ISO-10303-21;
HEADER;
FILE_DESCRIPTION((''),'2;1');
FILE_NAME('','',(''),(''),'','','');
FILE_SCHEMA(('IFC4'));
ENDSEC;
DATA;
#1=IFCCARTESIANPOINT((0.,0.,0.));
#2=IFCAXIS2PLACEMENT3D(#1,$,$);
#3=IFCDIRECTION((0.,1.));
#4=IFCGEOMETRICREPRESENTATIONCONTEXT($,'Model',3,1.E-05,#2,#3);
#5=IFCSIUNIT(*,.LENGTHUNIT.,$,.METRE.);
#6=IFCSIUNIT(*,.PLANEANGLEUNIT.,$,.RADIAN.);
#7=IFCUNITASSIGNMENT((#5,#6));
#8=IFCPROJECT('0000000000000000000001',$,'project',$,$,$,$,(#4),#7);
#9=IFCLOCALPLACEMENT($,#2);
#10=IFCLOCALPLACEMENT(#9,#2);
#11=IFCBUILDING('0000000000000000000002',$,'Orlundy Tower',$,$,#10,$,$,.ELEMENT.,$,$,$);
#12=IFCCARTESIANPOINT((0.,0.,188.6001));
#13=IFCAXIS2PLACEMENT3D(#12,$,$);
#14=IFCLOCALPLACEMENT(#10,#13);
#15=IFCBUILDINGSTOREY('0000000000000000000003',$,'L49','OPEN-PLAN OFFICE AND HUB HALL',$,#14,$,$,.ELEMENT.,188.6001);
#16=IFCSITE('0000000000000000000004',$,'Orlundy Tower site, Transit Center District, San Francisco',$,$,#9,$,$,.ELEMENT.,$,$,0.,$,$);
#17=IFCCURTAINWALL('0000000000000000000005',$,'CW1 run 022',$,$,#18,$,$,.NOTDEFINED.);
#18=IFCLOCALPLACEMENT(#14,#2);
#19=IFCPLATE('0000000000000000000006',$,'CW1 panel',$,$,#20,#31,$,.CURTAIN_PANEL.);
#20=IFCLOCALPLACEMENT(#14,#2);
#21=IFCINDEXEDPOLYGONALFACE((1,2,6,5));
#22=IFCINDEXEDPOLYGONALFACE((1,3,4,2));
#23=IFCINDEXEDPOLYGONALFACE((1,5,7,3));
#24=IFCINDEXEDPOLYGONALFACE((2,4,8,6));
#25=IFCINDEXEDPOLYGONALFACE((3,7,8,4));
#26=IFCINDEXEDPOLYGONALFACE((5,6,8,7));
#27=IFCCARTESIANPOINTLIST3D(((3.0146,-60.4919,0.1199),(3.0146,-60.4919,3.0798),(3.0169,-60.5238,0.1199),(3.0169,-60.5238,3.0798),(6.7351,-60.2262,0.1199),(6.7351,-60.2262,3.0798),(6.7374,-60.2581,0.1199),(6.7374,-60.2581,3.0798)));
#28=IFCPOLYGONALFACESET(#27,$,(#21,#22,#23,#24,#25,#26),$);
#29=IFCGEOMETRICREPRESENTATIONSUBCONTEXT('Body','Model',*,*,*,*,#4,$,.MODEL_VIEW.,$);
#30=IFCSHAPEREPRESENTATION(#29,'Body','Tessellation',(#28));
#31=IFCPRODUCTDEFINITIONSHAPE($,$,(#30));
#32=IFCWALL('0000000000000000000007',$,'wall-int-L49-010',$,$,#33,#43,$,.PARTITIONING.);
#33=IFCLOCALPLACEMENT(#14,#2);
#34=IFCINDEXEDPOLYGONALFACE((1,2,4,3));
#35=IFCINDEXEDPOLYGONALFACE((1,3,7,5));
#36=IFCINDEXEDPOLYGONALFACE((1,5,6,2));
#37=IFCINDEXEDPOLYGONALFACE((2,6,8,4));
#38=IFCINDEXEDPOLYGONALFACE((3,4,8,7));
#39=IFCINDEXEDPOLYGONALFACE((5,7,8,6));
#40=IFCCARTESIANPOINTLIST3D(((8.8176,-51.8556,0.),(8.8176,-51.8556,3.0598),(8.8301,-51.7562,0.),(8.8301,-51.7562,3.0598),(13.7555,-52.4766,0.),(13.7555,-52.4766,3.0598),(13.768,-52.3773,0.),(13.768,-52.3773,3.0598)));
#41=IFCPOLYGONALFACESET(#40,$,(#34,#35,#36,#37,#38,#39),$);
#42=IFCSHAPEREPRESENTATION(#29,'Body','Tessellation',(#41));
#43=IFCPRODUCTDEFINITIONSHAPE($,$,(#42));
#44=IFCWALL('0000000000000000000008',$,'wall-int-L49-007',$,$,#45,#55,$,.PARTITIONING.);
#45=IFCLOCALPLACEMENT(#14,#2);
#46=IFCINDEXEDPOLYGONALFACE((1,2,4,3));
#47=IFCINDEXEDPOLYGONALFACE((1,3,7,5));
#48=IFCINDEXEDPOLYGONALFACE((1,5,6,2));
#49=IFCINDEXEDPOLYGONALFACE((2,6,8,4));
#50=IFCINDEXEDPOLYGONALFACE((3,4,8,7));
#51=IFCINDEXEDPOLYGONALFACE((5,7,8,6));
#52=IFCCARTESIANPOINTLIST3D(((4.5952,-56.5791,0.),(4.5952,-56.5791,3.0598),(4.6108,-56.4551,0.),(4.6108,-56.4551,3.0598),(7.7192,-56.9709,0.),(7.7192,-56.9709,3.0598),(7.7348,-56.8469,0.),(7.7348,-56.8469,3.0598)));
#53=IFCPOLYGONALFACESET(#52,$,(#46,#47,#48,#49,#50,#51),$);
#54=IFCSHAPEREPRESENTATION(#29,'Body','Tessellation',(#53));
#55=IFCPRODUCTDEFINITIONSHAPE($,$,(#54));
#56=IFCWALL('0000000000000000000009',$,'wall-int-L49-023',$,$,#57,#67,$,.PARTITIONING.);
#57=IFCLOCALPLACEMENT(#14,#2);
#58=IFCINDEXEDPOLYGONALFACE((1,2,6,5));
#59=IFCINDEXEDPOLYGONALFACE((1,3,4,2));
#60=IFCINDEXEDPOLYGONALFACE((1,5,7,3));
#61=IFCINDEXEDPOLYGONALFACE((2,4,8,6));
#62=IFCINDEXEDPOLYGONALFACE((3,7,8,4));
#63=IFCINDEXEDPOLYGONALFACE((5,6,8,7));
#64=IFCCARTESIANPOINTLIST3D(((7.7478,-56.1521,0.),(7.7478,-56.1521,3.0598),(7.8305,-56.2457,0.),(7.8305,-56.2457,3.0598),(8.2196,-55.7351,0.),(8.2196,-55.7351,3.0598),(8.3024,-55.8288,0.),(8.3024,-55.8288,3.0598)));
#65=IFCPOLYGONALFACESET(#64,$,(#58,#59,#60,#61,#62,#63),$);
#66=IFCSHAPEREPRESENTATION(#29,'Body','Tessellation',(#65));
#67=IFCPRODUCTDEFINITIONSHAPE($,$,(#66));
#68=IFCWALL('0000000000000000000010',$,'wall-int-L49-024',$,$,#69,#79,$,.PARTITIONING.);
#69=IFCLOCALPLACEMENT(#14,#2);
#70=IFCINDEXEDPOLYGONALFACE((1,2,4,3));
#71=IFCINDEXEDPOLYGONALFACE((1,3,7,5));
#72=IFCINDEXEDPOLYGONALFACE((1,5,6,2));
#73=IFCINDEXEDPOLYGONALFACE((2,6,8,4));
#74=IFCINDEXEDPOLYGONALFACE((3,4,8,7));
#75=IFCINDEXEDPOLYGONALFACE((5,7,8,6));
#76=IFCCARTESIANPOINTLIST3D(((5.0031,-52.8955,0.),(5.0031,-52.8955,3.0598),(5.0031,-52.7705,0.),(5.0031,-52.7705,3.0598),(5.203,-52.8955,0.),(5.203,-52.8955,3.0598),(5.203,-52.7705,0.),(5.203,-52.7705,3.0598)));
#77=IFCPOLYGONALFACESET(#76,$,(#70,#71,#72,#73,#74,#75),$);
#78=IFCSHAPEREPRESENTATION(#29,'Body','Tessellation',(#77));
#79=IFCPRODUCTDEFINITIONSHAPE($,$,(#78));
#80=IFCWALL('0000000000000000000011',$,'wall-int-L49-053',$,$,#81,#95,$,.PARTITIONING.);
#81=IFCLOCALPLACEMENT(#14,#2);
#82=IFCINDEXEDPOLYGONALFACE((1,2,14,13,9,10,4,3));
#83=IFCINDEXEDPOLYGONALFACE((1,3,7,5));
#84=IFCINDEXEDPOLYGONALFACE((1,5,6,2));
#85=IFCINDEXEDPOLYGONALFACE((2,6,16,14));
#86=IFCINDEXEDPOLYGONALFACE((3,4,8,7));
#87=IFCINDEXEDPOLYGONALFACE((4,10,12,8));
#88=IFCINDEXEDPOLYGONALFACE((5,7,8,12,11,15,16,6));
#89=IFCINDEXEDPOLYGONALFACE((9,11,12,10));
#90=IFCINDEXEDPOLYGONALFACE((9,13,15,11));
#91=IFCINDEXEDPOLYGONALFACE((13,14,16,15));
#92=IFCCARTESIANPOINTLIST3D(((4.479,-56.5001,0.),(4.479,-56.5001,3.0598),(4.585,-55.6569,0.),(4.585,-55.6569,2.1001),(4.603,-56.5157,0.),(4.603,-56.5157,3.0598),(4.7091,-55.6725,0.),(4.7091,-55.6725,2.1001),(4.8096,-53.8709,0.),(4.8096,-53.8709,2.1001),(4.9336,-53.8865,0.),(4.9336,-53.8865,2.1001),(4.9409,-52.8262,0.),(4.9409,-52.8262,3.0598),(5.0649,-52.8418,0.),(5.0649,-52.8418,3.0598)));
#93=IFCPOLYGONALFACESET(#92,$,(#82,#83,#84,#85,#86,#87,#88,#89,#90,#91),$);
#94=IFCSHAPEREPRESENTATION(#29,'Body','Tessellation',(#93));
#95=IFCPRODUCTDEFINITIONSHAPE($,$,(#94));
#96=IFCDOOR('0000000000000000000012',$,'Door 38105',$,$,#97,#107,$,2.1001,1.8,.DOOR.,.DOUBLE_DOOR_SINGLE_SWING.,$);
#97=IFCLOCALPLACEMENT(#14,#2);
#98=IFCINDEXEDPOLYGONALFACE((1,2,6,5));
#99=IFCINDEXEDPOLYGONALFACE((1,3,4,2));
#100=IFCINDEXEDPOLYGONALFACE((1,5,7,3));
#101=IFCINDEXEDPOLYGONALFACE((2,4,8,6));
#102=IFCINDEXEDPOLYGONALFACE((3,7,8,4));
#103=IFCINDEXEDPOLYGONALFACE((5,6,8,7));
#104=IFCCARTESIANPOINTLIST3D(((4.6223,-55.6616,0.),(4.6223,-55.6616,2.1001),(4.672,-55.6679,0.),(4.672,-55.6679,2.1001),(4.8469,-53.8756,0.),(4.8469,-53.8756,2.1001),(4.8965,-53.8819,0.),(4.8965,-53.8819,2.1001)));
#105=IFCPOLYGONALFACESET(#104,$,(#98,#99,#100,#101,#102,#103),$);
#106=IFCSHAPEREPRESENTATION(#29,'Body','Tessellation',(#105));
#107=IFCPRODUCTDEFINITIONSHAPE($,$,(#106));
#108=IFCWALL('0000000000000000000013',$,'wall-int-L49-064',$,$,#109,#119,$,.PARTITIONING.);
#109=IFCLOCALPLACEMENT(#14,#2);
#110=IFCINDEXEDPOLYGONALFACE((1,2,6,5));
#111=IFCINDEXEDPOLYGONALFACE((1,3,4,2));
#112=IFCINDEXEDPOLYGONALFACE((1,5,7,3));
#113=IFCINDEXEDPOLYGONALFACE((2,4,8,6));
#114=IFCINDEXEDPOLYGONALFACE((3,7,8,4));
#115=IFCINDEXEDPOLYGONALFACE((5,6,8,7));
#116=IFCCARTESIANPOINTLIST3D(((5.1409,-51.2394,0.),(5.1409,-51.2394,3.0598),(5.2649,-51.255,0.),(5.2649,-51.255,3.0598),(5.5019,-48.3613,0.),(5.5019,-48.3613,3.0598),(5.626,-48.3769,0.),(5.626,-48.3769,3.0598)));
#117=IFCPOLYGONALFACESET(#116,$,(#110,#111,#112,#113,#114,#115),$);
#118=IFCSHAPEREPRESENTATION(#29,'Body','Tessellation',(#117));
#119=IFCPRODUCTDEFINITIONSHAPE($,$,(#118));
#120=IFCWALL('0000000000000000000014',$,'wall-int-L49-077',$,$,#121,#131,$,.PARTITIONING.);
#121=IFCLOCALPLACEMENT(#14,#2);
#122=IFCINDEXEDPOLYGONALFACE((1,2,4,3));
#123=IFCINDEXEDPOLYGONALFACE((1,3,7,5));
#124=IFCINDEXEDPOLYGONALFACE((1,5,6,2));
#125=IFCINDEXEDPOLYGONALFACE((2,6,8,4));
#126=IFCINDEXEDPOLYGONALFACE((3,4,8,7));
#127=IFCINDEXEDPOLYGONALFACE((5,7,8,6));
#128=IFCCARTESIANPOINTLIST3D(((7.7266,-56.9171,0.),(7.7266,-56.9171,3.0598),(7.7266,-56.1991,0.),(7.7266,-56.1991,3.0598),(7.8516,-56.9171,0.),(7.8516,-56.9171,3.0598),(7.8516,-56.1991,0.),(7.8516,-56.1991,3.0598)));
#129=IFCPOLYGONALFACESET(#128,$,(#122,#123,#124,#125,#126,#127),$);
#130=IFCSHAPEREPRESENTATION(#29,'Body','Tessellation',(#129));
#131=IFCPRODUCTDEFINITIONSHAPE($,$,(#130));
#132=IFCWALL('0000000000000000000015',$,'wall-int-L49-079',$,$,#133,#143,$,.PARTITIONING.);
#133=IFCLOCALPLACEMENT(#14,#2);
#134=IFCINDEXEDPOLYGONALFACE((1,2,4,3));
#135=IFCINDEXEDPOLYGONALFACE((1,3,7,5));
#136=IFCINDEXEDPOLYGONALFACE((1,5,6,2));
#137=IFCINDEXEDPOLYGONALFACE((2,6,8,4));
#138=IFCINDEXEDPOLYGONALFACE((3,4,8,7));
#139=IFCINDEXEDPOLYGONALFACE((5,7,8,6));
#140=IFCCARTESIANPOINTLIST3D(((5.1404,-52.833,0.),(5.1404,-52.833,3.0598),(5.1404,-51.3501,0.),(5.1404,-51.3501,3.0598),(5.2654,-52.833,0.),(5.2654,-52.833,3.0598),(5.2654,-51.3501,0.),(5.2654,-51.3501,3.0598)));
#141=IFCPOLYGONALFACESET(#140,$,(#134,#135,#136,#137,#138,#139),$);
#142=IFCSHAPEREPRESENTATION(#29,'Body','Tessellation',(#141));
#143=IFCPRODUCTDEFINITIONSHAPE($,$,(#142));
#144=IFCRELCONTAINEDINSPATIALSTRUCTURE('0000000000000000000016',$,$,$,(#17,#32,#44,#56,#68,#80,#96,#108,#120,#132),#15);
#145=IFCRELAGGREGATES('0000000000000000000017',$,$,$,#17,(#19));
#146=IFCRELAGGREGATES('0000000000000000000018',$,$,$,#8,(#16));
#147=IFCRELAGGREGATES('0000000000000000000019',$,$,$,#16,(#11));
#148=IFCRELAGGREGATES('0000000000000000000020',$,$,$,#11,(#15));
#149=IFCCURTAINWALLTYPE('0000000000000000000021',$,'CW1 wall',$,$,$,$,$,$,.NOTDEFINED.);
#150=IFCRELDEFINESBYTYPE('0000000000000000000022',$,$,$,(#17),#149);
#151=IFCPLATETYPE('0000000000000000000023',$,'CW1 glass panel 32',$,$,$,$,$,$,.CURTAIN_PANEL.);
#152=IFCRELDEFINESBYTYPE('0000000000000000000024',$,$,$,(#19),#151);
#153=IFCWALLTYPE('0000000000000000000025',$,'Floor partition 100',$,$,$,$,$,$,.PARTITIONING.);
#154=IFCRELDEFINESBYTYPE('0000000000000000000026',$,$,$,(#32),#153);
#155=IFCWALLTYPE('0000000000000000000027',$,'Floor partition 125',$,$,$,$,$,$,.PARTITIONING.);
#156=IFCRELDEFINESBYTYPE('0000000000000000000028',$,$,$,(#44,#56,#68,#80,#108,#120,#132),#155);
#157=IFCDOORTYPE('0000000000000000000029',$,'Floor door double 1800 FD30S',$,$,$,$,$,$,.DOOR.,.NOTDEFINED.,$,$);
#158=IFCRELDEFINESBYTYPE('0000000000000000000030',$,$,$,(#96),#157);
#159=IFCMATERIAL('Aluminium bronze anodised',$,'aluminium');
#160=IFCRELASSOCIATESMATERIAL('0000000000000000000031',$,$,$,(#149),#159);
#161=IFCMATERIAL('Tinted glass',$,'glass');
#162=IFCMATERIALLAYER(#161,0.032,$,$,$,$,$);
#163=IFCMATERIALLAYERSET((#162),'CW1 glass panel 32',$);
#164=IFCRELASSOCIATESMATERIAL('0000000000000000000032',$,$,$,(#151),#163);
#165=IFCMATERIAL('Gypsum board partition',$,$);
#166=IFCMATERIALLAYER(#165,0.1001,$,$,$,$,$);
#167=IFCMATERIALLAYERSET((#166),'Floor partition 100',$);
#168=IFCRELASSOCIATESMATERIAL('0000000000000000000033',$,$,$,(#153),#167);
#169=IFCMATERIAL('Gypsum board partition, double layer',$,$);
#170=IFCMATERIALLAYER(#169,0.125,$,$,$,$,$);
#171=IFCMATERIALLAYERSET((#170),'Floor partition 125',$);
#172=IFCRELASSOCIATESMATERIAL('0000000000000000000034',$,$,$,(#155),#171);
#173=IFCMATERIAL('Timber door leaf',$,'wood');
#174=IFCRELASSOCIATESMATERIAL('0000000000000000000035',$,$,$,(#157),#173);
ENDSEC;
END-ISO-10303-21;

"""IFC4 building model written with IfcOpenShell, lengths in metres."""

from ifc_helpers import new_model, si_unit, direction, frame, frame_2d, origin, origin_2d, place, context, subcontext, project, spatial, rectangle, extrude, material, layer, layer_set, type_object, element, fill, aggregate, save


model = new_model("IFC4")

# Units and contexts
model_context = context("Model", 3, precision=1e-05, world=origin(), true_north=direction((0.0, 1.0)))
body_context = subcontext(model_context, "Body", "Model", "MODEL_VIEW")
ifc_project = project(units=[si_unit("LENGTHUNIT", "METRE"), si_unit("PLANEANGLEUNIT", "RADIAN")], contexts=[model_context])

# Site, building, storey
site_placement = place(None, origin())
site = spatial("IfcSite", under=ifc_project, at=site_placement, Name="Orlundy Tower site, Transit Center District, San Francisco", CompositionType="ELEMENT", RefElevation=0.0)
building_placement = place(site_placement, origin())
building = spatial("IfcBuilding", under=site, at=building_placement, Name="Orlundy Tower", CompositionType="ELEMENT")
storey_placement = place(building_placement, frame((0.0, 0.0, 188.6001)))
storey = spatial("IfcBuildingStorey", under=building, at=storey_placement, Name="L49", Description="OPEN-PLAN OFFICE AND HUB HALL", CompositionType="ELEMENT", Elevation=188.6001)

# Curtain wall
ifc_material_1 = material(Name="Aluminium bronze anodised", Category="aluminium")
curtain_wall_type = type_object("IfcCurtainWallType", Name="CW1 wall", PredefinedType="NOTDEFINED", material=ifc_material_1)
curtain_wall_1_placement = place(storey_placement, origin())
curtain_wall_1 = element("IfcCurtainWall", 1, at=curtain_wall_1_placement, inside=storey, type_object=curtain_wall_type, Name="CW1 run 022", PredefinedType="NOTDEFINED")

# Plate
ifc_material_2 = material(Name="Tinted glass", Category="glass")
ifc_layer_1 = layer(ifc_material_2, 0.032)
ifc_layer_set_1 = layer_set([ifc_layer_1], Name="CW1 glass panel 32")
plate_type = type_object("IfcPlateType", Name="CW1 glass panel 32", PredefinedType="CURTAIN_PANEL", material=ifc_layer_set_1)
plate_1_placement = place(storey_placement, frame((4.876, -60.375, 0.1199), z_axis=(0.0, 0.0, 1.0), x_axis=(-0.99746, -0.071228, 0.0)))
plate_1 = element("IfcPlate", 2, at=plate_1_placement, type_object=plate_type, Name="CW1 panel", PredefinedType="CURTAIN_PANEL", context=body_context, shape_type="SweptSolid", body=[
    extrude(rectangle(XDim=3.73, YDim=0.032, at=origin_2d()), origin(), (0.0, 0.0, 1.0), 2.96),
])
aggregate(curtain_wall_1, [plate_1])

# Walls
ifc_material_3 = material(Name="Gypsum board partition")
ifc_layer_2 = layer(ifc_material_3, 0.1001)
ifc_layer_set_2 = layer_set([ifc_layer_2], Name="Floor partition 100")
wall_type_1 = type_object("IfcWallType", Name="Floor partition 100", PredefinedType="PARTITIONING", material=ifc_layer_set_2)
wall_1_placement = place(storey_placement, frame((8.824, -51.8059, 0.0), z_axis=(0.0, 0.0, 1.0), x_axis=(0.992182, -0.124795, 0.0)))
element("IfcWall", 3, at=wall_1_placement, inside=storey, type_object=wall_type_1, Name="wall-int-L49-010", PredefinedType="PARTITIONING", context=body_context, shape_type="SweptSolid", body=[
    extrude(rectangle(XDim=4.9768, YDim=0.1001, at=frame_2d((2.4883, 0.0))), origin(), (0.0, 0.0, 1.0), 3.0598),
])
ifc_material_4 = material(Name="Gypsum board partition, double layer")
ifc_layer_3 = layer(ifc_material_4, 0.125)
ifc_layer_set_3 = layer_set([ifc_layer_3], Name="Floor partition 125")
wall_type_2 = type_object("IfcWallType", Name="Floor partition 125", PredefinedType="PARTITIONING", material=ifc_layer_set_3)
wall_2_placement = place(storey_placement, frame((4.603, -56.5171, 0.0), z_axis=(0.0, 0.0, 1.0), x_axis=(0.992225, -0.124455, 0.0)))
element("IfcWall", 4, at=wall_2_placement, inside=storey, type_object=wall_type_2, Name="wall-int-L49-007", PredefinedType="PARTITIONING", context=body_context, shape_type="SweptSolid", body=[
    extrude(rectangle(XDim=3.1484, YDim=0.125, at=frame_2d((1.5742, 0.0))), origin(), (0.0, 0.0, 1.0), 3.0598),
])
wall_3_placement = place(storey_placement, frame((7.7891, -56.199, 0.0), z_axis=(0.0, 0.0, 1.0), x_axis=(0.749374, 0.662147, 0.0)))
element("IfcWall", 5, at=wall_3_placement, inside=storey, type_object=wall_type_2, Name="wall-int-L49-023", PredefinedType="PARTITIONING", context=body_context, shape_type="SweptSolid", body=[
    extrude(rectangle(XDim=0.6296, YDim=0.125, at=frame_2d((0.3149, 0.0))), origin(), (0.0, 0.0, 1.0), 3.0598),
])
wall_4_placement = place(storey_placement, frame((5.0029, -52.833, 0.0), z_axis=(0.0, 0.0, 1.0), x_axis=(1.0, 0.0, 0.0)))
element("IfcWall", 6, at=wall_4_placement, inside=storey, type_object=wall_type_2, Name="wall-int-L49-024", PredefinedType="PARTITIONING", context=body_context, shape_type="SweptSolid", body=[
    extrude(rectangle(XDim=0.2, YDim=0.125, at=frame_2d((0.1001, 0.0))), origin(), (0.0, 0.0, 1.0), 3.0598),
])

# Wall, opening, door
wall_5_placement = place(storey_placement, frame((4.541, -56.5081, 0.0), z_axis=(0.0, 0.0, 1.0), x_axis=(0.124741, 0.992189, 0.0)))
wall_5 = element("IfcWall", 7, at=wall_5_placement, inside=storey, type_object=wall_type_2, Name="wall-int-L49-053", PredefinedType="PARTITIONING", context=body_context, shape_type="SweptSolid", body=[
    extrude(rectangle(XDim=3.7029, YDim=0.125, at=frame_2d((1.8516, 0.0))), origin(), (0.0, 0.0, 1.0), 3.0598),
])
opening_placement = place(wall_5_placement, frame((0.8501, 0.0, 0.0)))
opening = element("IfcOpeningElement", 8, at=opening_placement, cuts=wall_5, PredefinedType="OPENING", context=body_context, shape_type="SweptSolid", body=[
    extrude(rectangle(XDim=1.8, YDim=2.1001, at=frame_2d((0.8999, 1.05))), frame((0.0, 0.0725, 0.0), z_axis=(0.0, -1.0, 0.0), x_axis=(1.0, 0.0, 0.0)), (0.0, 0.0, 1.0), 0.145),
])
ifc_material_5 = material(Name="Timber door leaf", Category="wood")
door_type = type_object("IfcDoorType", Name="Floor door double 1800 FD30S", OperationType="NOTDEFINED", PredefinedType="DOOR", material=ifc_material_5)
door_placement = place(opening_placement, origin())
door = element("IfcDoor", 9, at=door_placement, inside=storey, type_object=door_type, Name="Door 38105", OperationType="DOUBLE_DOOR_SINGLE_SWING", OverallHeight=2.1001, OverallWidth=1.8, PredefinedType="DOOR", context=body_context, shape_type="SweptSolid", body=[
    extrude(rectangle(XDim=1.8, YDim=2.1001, at=frame_2d((0.8999, 1.05))), frame((0.0, 0.0249, 0.0), z_axis=(0.0, -1.0, 0.0), x_axis=(1.0, 0.0, 0.0)), (0.0, 0.0, 1.0), 0.05),
])
fill(opening, door)

# Walls
wall_6_placement = place(storey_placement, frame((5.2029, -51.2471, 0.0), z_axis=(0.0, 0.0, 1.0), x_axis=(0.12448, 0.992222, 0.0)))
element("IfcWall", 10, at=wall_6_placement, inside=storey, type_object=wall_type_2, Name="wall-int-L49-064", PredefinedType="PARTITIONING", context=body_context, shape_type="SweptSolid", body=[
    extrude(rectangle(XDim=2.9006, YDim=0.125, at=frame_2d((1.4502, 0.0))), origin(), (0.0, 0.0, 1.0), 3.0598),
])
wall_7_placement = place(storey_placement, frame((7.7891, -56.917, 0.0), z_axis=(0.0, 0.0, 1.0), x_axis=(0.0, 1.0, 0.0)))
element("IfcWall", 11, at=wall_7_placement, inside=storey, type_object=wall_type_2, Name="wall-int-L49-077", PredefinedType="PARTITIONING", context=body_context, shape_type="SweptSolid", body=[
    extrude(rectangle(XDim=0.718, YDim=0.125, at=frame_2d((0.3589, 0.0))), origin(), (0.0, 0.0, 1.0), 3.0598),
])
wall_8_placement = place(storey_placement, frame((5.2029, -52.833, 0.0), z_axis=(0.0, 0.0, 1.0), x_axis=(0.0, 1.0, 0.0)))
element("IfcWall", 12, at=wall_8_placement, inside=storey, type_object=wall_type_2, Name="wall-int-L49-079", PredefinedType="PARTITIONING", context=body_context, shape_type="SweptSolid", body=[
    extrude(rectangle(XDim=1.4829, YDim=0.125, at=frame_2d((0.7415, 0.0))), origin(), (0.0, 0.0, 1.0), 3.0598),
])

save(model, "model.ifc")
